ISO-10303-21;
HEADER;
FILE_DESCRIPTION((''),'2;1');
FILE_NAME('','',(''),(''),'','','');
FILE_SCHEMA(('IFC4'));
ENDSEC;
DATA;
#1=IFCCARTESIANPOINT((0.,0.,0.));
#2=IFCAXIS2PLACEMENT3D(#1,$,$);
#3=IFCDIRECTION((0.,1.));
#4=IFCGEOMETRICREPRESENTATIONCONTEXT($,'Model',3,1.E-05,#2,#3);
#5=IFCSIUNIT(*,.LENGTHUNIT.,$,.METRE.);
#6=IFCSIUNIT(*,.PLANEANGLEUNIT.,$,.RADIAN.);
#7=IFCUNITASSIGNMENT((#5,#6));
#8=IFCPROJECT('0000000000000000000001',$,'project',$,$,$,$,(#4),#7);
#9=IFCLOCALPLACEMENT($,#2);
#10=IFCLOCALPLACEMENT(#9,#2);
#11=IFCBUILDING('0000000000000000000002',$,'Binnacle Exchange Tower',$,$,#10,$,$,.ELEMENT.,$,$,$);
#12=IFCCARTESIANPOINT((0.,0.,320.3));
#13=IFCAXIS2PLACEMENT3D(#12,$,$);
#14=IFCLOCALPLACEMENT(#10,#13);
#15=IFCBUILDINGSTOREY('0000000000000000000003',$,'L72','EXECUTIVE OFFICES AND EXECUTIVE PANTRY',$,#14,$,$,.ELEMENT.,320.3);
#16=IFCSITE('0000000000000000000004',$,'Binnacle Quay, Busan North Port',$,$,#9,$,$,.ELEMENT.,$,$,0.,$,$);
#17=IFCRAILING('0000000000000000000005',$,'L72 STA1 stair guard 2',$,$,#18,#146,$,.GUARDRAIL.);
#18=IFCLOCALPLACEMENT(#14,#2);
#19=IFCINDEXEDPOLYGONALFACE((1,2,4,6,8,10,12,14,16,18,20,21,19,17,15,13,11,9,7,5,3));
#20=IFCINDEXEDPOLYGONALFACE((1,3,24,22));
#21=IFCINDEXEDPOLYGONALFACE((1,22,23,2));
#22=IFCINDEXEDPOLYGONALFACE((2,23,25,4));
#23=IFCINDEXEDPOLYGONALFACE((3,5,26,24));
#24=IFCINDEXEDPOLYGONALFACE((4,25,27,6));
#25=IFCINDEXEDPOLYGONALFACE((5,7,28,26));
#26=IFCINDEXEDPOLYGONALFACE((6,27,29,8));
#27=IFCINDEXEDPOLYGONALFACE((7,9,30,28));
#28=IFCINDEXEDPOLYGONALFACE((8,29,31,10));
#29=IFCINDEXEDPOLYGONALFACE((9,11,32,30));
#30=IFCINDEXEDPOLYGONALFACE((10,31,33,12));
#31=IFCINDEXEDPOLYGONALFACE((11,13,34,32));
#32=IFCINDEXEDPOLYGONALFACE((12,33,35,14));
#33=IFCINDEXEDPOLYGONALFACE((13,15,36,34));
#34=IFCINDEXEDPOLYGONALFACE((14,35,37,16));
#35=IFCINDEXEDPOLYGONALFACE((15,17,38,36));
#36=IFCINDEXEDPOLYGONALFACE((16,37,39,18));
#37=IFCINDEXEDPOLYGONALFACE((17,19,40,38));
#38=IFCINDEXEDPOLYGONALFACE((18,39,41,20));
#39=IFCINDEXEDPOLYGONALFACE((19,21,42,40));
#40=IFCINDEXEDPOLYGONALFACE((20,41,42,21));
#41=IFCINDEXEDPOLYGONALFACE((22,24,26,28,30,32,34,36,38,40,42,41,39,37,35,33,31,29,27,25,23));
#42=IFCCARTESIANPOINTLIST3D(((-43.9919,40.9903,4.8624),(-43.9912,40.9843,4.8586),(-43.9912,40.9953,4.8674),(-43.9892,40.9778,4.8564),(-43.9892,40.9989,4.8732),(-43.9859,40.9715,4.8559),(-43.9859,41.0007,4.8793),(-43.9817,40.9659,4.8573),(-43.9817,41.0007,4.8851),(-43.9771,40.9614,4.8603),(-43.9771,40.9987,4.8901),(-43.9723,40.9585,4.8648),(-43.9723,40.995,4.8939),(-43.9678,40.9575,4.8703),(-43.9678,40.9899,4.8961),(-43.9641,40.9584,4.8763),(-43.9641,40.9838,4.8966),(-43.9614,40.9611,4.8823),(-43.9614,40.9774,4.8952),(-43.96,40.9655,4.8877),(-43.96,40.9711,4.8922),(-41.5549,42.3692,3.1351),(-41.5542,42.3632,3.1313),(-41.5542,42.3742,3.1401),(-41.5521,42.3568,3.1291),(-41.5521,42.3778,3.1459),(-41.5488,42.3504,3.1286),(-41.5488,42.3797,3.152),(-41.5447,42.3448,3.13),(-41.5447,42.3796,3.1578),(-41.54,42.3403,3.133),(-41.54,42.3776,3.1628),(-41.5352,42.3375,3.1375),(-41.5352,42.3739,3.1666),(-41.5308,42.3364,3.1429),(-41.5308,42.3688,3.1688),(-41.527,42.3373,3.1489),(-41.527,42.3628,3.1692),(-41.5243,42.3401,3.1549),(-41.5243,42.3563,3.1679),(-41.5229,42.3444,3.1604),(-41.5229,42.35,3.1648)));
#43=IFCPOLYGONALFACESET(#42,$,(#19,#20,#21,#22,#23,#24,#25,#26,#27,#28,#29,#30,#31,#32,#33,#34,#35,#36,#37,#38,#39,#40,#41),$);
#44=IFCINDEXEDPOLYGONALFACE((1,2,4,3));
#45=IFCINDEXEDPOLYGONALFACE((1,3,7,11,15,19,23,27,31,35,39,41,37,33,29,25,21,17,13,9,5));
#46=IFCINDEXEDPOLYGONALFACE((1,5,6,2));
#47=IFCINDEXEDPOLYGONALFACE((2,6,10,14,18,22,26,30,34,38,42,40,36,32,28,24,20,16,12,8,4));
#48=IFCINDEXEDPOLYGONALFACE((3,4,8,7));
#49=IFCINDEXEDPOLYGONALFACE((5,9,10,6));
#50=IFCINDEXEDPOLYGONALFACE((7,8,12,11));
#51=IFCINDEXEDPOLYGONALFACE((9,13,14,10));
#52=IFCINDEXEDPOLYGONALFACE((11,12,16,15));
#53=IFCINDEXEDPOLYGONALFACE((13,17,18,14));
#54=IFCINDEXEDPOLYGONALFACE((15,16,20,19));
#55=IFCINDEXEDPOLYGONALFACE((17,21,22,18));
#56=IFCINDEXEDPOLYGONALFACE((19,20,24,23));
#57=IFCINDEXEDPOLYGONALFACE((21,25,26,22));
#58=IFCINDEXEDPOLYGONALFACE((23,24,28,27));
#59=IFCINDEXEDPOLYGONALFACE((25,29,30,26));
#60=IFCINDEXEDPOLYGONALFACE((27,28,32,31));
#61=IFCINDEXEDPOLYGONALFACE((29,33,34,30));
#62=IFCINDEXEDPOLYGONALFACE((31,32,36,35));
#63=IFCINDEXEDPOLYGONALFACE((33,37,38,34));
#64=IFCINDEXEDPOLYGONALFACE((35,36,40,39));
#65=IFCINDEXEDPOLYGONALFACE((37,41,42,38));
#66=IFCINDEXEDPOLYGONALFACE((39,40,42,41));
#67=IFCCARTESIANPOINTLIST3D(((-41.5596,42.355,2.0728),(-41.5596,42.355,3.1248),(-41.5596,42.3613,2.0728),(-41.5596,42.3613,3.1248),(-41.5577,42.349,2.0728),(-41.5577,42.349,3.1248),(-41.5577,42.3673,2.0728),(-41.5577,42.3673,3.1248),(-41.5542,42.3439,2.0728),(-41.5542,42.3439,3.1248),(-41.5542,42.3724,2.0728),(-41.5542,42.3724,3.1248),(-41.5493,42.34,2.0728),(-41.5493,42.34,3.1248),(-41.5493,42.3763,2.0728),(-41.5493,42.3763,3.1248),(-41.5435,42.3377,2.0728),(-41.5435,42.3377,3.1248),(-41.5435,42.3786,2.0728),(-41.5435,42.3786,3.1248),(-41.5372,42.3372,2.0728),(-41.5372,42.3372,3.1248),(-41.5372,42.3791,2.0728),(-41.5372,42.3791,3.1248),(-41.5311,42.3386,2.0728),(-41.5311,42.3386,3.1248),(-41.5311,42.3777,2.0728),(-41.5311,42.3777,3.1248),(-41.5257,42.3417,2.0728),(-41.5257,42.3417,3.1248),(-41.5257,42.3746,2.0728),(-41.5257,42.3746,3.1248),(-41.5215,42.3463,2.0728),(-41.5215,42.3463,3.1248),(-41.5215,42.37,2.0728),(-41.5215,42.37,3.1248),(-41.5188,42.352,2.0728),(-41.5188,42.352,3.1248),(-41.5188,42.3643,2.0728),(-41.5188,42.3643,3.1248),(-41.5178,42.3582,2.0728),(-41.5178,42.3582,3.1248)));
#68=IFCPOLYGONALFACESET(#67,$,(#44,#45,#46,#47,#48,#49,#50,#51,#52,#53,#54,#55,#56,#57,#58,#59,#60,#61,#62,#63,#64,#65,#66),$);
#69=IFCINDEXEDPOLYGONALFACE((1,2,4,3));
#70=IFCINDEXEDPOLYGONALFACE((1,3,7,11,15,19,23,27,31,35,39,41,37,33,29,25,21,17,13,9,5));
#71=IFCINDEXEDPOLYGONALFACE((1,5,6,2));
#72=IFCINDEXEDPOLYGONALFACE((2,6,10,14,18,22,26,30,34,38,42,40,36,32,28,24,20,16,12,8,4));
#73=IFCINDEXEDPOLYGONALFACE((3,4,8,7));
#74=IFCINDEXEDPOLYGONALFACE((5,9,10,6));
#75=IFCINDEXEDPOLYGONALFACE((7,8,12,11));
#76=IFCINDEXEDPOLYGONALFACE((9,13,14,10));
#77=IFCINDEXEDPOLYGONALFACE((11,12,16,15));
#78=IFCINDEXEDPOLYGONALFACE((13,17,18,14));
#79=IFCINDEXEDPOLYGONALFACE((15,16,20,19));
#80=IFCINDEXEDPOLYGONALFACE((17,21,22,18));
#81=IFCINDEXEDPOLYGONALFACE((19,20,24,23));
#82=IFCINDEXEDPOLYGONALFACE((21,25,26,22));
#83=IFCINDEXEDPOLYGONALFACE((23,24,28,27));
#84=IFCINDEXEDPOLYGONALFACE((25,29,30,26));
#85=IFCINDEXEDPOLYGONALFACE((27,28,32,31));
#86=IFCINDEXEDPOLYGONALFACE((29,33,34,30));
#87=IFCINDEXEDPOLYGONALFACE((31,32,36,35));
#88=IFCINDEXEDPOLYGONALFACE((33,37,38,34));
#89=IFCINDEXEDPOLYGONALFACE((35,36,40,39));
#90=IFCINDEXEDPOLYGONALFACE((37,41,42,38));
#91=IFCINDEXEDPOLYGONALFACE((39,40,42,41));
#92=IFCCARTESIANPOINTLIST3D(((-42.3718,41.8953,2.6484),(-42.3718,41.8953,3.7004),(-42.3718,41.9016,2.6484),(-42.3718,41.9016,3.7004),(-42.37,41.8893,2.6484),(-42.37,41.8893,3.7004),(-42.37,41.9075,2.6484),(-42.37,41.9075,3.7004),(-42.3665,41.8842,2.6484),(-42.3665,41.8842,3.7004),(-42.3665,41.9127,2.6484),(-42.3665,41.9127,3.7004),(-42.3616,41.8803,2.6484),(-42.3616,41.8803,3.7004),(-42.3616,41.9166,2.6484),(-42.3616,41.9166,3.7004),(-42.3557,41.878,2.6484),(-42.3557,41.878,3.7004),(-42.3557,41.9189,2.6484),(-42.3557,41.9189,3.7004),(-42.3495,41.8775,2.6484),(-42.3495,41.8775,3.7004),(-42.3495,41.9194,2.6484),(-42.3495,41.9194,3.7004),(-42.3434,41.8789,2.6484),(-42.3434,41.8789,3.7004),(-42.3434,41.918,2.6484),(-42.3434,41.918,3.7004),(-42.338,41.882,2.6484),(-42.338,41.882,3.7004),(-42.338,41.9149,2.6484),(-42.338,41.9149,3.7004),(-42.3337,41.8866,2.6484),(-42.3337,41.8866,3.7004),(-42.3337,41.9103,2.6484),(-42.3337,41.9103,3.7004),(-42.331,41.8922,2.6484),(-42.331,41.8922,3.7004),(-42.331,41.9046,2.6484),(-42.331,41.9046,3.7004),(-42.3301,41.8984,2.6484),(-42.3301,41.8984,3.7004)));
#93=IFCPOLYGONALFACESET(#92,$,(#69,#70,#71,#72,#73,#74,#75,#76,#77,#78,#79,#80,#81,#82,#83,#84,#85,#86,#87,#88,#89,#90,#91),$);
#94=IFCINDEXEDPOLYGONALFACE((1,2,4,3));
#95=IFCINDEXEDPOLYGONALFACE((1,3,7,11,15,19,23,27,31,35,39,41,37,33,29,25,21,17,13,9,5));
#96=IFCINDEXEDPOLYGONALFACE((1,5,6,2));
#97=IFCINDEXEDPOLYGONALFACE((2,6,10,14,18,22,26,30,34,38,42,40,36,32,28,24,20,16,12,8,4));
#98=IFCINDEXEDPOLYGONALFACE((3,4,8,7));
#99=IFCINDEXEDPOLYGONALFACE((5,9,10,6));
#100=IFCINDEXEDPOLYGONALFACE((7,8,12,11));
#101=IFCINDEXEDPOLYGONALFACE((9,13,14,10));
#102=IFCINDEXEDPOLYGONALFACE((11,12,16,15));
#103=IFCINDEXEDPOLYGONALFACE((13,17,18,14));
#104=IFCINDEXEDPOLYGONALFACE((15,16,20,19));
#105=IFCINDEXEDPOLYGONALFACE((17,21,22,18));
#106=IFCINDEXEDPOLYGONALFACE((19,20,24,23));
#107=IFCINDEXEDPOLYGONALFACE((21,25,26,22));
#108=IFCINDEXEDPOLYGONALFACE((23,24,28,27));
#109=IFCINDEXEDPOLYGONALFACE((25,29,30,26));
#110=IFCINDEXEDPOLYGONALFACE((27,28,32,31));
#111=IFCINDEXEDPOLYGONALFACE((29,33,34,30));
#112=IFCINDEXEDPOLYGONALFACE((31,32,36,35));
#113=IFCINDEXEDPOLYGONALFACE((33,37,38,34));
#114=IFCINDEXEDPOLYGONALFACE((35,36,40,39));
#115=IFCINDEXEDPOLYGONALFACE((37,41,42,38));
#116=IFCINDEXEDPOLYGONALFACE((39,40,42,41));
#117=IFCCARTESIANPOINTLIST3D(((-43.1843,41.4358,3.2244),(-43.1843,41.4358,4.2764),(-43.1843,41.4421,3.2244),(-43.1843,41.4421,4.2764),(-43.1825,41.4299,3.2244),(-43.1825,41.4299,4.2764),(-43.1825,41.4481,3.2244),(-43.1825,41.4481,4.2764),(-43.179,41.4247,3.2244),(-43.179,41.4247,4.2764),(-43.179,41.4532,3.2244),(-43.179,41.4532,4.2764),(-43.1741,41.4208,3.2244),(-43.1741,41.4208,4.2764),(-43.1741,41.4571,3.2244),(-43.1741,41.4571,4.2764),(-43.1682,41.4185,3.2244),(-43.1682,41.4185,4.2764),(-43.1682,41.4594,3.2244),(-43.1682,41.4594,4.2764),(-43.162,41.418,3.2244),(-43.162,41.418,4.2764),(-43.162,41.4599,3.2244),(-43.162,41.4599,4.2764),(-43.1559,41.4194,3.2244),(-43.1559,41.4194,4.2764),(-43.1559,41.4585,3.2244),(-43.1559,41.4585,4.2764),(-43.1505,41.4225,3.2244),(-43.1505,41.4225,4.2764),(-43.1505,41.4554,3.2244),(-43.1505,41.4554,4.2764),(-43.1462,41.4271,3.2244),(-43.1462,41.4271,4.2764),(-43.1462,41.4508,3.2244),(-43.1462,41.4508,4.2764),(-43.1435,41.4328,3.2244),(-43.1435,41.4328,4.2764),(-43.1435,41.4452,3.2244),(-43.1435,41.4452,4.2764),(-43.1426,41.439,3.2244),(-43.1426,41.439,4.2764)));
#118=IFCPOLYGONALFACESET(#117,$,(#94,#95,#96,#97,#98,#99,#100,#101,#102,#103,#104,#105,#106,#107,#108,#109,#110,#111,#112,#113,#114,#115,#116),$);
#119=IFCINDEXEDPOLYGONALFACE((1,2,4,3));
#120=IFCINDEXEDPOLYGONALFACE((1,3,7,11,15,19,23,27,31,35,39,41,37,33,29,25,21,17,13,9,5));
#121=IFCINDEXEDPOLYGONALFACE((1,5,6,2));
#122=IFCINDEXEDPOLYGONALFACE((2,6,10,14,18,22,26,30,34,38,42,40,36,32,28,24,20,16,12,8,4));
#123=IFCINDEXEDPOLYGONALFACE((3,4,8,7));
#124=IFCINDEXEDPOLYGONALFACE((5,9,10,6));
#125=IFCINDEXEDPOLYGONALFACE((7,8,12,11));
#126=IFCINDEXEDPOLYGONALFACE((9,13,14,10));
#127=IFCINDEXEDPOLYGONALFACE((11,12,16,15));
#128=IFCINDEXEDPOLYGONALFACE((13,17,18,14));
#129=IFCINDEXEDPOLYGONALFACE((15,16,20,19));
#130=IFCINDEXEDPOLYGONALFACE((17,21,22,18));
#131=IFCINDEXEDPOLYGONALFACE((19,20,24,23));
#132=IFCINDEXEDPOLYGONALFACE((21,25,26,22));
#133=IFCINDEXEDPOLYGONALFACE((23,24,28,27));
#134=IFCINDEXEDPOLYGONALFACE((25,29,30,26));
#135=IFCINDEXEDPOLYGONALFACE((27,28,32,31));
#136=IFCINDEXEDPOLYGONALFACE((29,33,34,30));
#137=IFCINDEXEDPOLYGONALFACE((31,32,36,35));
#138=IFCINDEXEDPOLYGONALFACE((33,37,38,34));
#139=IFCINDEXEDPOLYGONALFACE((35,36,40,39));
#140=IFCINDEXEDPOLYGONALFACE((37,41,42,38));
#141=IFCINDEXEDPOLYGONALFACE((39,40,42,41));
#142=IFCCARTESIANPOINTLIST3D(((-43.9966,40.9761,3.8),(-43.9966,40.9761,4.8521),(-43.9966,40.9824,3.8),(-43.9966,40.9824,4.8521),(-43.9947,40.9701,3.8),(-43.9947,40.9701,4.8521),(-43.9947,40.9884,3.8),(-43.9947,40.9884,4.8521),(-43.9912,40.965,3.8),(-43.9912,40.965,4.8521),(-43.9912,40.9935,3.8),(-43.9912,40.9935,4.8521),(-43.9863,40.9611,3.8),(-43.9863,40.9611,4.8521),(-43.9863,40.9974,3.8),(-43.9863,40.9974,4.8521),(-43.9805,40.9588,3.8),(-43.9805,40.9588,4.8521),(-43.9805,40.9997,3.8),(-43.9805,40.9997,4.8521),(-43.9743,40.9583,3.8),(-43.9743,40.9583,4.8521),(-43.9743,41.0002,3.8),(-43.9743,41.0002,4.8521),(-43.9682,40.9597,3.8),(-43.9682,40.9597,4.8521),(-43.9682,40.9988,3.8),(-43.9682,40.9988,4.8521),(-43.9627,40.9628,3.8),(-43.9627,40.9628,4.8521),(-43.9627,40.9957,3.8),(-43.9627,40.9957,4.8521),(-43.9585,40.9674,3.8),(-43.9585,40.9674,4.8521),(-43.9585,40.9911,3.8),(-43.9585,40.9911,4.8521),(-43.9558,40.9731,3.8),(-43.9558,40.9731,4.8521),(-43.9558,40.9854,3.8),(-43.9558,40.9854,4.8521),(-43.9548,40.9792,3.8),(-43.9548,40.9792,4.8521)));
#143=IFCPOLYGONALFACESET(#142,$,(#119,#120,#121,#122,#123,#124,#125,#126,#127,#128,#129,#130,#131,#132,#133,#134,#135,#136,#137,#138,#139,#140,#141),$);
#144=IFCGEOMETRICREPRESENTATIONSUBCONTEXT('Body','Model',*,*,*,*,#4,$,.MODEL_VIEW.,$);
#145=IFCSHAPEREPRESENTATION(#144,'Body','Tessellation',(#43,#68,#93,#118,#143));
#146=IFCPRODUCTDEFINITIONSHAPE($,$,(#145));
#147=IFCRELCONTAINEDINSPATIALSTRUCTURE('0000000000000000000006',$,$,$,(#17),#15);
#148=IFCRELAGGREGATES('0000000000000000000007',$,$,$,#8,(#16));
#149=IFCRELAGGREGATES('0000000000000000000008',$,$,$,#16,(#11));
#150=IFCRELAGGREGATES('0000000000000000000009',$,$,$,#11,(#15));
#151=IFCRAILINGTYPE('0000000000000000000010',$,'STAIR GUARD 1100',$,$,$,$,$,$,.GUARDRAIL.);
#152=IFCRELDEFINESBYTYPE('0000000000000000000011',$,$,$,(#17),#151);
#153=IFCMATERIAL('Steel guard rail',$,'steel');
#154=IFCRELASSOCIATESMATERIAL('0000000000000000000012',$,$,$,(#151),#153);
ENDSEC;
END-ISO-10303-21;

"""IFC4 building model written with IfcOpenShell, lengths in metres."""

from ifc_helpers import new_model, si_unit, direction, frame, origin, origin_2d, place, context, subcontext, project, spatial, circle, extrude, material, type_object, element, save


model = new_model("IFC4")

# Units and contexts
model_context = context("Model", 3, precision=1e-05, world=origin(), true_north=direction((0.0, 1.0)))
body_context = subcontext(model_context, "Body", "Model", "MODEL_VIEW")
ifc_project = project(units=[si_unit("LENGTHUNIT", "METRE"), si_unit("PLANEANGLEUNIT", "RADIAN")], contexts=[model_context])

# Site, building, storey
site_placement = place(None, origin())
site = spatial("IfcSite", under=ifc_project, at=site_placement, Name="Binnacle Quay, Busan North Port", CompositionType="ELEMENT", RefElevation=0.0)
building_placement = place(site_placement, origin())
building = spatial("IfcBuilding", under=site, at=building_placement, Name="Binnacle Exchange Tower", CompositionType="ELEMENT")
storey_placement = place(building_placement, frame((0.0, 0.0, 320.3)))
storey = spatial("IfcBuildingStorey", under=building, at=storey_placement, Name="L72", Description="EXECUTIVE OFFICES AND EXECUTIVE PANTRY", CompositionType="ELEMENT", Elevation=320.3)

# Railing
ifc_material_1 = material(Name="Steel guard rail", Category="steel")
railing_type_1 = type_object("IfcRailingType", Name="STAIR GUARD 1100", PredefinedType="GUARDRAIL", material=ifc_material_1)
railing_1_placement = place(storey_placement, frame((-41.5388, 42.3582, 2.0728)))
element("IfcRailing", 1, at=railing_1_placement, inside=storey, type_object=railing_type_1, Name="L72 STA1 stair guard 2", PredefinedType="GUARDRAIL", context=body_context, shape_type="SweptSolid", body=[
    extrude(circle(Radius=0.0239, at=origin_2d()), frame((0.0, 0.0, 1.0762), z_axis=(-0.740738, -0.419123, 0.525017), x_axis=(0.492454, -0.870339, 0.0)), (0.0, 0.0, 1.0), 3.29),
    extrude(circle(Radius=0.021, at=origin_2d()), origin(), (0.0, 0.0, 1.0), 1.052),
    extrude(circle(Radius=0.021, at=origin_2d()), frame((-0.8123, -0.4597, 0.5757)), (0.0, 0.0, 1.0), 1.052),
    extrude(circle(Radius=0.021, at=origin_2d()), frame((-1.6248, -0.9192, 1.1516)), (0.0, 0.0, 1.0), 1.052),
    extrude(circle(Radius=0.021, at=origin_2d()), frame((-2.437, -1.3789, 1.7273)), (0.0, 0.0, 1.0), 1.052),
])

save(model, "model.ifc")
